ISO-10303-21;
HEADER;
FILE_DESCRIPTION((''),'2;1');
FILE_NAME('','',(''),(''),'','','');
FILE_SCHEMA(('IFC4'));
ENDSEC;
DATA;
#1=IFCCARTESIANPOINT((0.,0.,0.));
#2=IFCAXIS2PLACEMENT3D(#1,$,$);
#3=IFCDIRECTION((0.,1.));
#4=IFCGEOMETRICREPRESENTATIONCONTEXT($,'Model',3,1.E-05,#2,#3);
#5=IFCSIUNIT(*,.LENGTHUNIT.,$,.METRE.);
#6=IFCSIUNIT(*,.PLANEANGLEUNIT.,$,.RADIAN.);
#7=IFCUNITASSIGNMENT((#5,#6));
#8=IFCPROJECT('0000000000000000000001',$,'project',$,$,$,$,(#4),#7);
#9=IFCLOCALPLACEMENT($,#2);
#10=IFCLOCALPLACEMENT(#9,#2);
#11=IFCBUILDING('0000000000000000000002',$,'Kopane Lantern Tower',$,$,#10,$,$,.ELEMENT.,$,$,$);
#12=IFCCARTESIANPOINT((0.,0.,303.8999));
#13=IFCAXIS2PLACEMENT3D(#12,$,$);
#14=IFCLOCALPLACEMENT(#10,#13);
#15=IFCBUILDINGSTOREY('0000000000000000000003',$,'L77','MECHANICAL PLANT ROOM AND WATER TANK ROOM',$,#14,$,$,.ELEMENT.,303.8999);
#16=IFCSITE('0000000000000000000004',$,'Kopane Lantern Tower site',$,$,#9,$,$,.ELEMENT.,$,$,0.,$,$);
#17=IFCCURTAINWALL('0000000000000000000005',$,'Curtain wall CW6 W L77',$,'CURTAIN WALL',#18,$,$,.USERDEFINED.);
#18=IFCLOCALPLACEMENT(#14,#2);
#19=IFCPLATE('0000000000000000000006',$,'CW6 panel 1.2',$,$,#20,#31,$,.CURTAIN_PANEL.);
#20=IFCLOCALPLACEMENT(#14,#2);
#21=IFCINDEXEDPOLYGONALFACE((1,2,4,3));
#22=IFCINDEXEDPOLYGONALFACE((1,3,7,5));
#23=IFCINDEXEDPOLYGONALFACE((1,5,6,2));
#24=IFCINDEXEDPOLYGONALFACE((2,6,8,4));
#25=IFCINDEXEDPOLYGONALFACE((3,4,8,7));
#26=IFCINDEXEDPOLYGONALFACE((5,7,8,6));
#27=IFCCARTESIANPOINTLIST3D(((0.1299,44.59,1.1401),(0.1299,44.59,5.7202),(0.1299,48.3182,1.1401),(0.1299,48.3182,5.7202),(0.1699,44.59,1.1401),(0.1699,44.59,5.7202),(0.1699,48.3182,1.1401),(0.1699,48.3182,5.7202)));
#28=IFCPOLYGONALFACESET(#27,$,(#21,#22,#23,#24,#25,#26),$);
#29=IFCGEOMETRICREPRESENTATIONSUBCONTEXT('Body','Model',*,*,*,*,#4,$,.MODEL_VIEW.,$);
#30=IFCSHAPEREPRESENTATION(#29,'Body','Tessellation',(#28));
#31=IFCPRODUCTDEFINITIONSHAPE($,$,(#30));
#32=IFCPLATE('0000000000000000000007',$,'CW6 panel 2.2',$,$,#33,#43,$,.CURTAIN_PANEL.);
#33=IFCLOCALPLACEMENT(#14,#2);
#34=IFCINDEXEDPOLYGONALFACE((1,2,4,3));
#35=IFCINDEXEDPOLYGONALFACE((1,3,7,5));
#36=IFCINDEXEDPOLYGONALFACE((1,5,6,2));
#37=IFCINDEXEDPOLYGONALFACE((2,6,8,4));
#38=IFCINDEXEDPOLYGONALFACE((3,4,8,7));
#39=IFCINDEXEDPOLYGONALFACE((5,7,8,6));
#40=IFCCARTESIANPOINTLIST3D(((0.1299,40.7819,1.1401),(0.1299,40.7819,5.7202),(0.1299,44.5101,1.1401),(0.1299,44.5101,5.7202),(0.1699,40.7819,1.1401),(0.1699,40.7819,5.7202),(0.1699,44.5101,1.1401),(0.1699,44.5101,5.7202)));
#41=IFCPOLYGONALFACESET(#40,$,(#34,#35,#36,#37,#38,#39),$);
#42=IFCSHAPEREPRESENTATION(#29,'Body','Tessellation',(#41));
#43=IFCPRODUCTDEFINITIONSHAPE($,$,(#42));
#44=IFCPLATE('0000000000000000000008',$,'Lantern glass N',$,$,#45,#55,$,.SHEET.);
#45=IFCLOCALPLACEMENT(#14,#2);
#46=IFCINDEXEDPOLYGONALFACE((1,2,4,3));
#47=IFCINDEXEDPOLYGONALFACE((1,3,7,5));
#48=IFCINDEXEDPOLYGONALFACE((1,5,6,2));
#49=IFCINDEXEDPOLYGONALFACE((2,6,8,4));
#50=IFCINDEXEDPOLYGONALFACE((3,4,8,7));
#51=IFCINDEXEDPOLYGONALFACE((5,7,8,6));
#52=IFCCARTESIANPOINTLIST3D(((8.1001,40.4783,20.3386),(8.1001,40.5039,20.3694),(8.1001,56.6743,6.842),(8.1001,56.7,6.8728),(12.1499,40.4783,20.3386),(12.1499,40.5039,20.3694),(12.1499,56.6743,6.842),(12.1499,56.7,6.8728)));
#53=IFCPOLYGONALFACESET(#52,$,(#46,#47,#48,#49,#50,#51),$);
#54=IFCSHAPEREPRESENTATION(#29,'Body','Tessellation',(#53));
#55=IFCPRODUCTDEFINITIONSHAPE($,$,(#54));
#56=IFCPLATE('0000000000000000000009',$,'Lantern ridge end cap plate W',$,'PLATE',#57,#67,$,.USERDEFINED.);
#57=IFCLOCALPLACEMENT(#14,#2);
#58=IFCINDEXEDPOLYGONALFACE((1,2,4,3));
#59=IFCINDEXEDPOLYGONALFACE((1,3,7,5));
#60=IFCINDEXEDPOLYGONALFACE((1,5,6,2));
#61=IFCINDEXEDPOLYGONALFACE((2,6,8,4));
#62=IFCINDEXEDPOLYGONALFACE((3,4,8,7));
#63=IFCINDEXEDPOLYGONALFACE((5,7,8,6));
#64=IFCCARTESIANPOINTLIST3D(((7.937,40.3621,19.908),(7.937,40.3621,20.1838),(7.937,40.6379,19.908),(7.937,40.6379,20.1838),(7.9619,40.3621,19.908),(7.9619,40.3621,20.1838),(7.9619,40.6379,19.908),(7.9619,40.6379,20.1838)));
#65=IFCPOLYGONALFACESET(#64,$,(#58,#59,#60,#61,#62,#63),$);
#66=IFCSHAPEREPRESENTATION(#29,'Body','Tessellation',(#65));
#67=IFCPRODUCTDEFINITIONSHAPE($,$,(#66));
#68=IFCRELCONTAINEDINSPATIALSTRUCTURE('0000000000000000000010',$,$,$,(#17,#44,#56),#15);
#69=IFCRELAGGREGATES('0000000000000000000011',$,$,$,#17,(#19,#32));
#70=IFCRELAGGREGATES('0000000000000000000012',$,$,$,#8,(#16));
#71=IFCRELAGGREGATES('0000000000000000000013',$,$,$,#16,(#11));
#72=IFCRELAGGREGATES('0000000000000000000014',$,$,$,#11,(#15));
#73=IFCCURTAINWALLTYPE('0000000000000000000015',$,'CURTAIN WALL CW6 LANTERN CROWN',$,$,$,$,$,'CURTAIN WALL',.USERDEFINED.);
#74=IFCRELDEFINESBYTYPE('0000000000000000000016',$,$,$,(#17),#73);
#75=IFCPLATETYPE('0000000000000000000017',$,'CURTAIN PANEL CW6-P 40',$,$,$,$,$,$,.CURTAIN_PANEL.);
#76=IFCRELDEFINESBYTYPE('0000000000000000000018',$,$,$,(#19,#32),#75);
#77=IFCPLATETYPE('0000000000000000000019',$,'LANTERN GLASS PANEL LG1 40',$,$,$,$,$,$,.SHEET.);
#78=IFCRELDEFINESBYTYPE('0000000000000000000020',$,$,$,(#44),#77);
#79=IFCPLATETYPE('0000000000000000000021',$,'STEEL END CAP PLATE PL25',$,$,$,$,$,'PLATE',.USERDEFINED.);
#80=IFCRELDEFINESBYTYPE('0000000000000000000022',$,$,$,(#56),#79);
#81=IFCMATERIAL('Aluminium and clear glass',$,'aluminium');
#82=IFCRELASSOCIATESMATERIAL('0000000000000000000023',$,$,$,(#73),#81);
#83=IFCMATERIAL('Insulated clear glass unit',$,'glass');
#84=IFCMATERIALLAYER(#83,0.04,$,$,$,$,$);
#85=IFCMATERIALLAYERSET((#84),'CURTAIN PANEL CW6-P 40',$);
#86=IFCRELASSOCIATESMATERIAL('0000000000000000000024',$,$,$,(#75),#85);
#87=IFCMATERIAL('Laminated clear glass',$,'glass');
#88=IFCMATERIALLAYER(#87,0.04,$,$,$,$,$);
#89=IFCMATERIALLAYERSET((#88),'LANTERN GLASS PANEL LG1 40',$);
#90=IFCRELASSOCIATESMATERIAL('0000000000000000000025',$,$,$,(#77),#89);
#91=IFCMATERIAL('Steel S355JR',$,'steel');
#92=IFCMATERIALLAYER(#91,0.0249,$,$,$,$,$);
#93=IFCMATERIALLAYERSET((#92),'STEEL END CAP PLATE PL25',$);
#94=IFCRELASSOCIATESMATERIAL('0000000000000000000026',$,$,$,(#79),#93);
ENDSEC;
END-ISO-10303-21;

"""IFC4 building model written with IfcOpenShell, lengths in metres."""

from ifc_helpers import new_model, si_unit, direction, frame, origin, origin_2d, place, context, subcontext, project, spatial, polyline, rectangle, outline, extrude, material, layer, layer_set, type_object, element, aggregate, save


model = new_model("IFC4")

# Units and contexts
model_context = context("Model", 3, precision=1e-05, world=origin(), true_north=direction((0.0, 1.0)))
body_context = subcontext(model_context, "Body", "Model", "MODEL_VIEW")
ifc_project = project(units=[si_unit("LENGTHUNIT", "METRE"), si_unit("PLANEANGLEUNIT", "RADIAN")], contexts=[model_context])

# Site, building, storey
site_placement = place(None, origin())
site = spatial("IfcSite", under=ifc_project, at=site_placement, Name="Kopane Lantern Tower site", CompositionType="ELEMENT", RefElevation=0.0)
building_placement = place(site_placement, origin())
building = spatial("IfcBuilding", under=site, at=building_placement, Name="Kopane Lantern Tower", CompositionType="ELEMENT")
storey_placement = place(building_placement, frame((0.0, 0.0, 303.8999)))
storey = spatial("IfcBuildingStorey", under=building, at=storey_placement, Name="L77", Description="MECHANICAL PLANT ROOM AND WATER TANK ROOM", CompositionType="ELEMENT", Elevation=303.8999)

# Curtain wall
ifc_material_1 = material(Name="Aluminium and clear glass", Category="aluminium")
curtain_wall_type = type_object("IfcCurtainWallType", Name="CURTAIN WALL CW6 LANTERN CROWN", ElementType="CURTAIN WALL", PredefinedType="USERDEFINED", material=ifc_material_1)
curtain_wall_1_placement = place(storey_placement, origin())
curtain_wall_1 = element("IfcCurtainWall", 1, at=curtain_wall_1_placement, inside=storey, type_object=curtain_wall_type, Name="Curtain wall CW6 W L77", ObjectType="CURTAIN WALL", PredefinedType="USERDEFINED")

# Plates
ifc_material_2 = material(Name="Insulated clear glass unit", Category="glass")
ifc_layer_1 = layer(ifc_material_2, 0.04)
ifc_layer_set_1 = layer_set([ifc_layer_1], Name="CURTAIN PANEL CW6-P 40")
plate_type_1 = type_object("IfcPlateType", Name="CURTAIN PANEL CW6-P 40", PredefinedType="CURTAIN_PANEL", material=ifc_layer_set_1)
plate_1_placement = place(storey_placement, frame((0.1499, 46.4541, 1.1401), z_axis=(0.0, 0.0, 1.0), x_axis=(0.0, -1.0, 0.0)))
plate_1 = element("IfcPlate", 2, at=plate_1_placement, type_object=plate_type_1, Name="CW6 panel 1.2", PredefinedType="CURTAIN_PANEL", context=body_context, shape_type="SweptSolid", body=[
    extrude(rectangle(XDim=3.7283, YDim=0.04, at=origin_2d()), origin(), (0.0, 0.0, 1.0), 4.5801),
])
plate_2_placement = place(storey_placement, frame((0.1499, 42.646, 1.1401), z_axis=(0.0, 0.0, 1.0), x_axis=(0.0, -1.0, 0.0)))
plate_2 = element("IfcPlate", 3, at=plate_2_placement, type_object=plate_type_1, Name="CW6 panel 2.2", PredefinedType="CURTAIN_PANEL", context=body_context, shape_type="SweptSolid", body=[
    extrude(rectangle(XDim=3.7283, YDim=0.04, at=origin_2d()), origin(), (0.0, 0.0, 1.0), 4.5801),
])
aggregate(curtain_wall_1, [plate_1, plate_2])

# Plates
ifc_material_3 = material(Name="Laminated clear glass", Category="glass")
ifc_layer_2 = layer(ifc_material_3, 0.04)
ifc_layer_set_2 = layer_set([ifc_layer_2], Name="LANTERN GLASS PANEL LG1 40")
plate_type_2 = type_object("IfcPlateType", Name="LANTERN GLASS PANEL LG1 40", PredefinedType="SHEET", material=ifc_layer_set_2)
plate_3_placement = place(storey_placement, frame((8.1001, 40.5039, 20.3694), z_axis=(0.0, 0.640181, 0.768224), x_axis=(1.0, 0.0, 0.0)))
element("IfcPlate", 4, at=plate_3_placement, inside=storey, type_object=plate_type_2, Name="Lantern glass N", PredefinedType="SHEET", context=body_context, shape_type="SweptSolid", body=[
    extrude(outline(polyline([(0.0, 0.0), (4.0498, 0.0), (4.0498, 21.0824), (0.0, 21.0824), (0.0, 0.0)])), origin(), (0.0, 0.0, -1.0), 0.04),
])
ifc_material_4 = material(Name="Steel S355JR", Category="steel")
ifc_layer_3 = layer(ifc_material_4, 0.0249)
ifc_layer_set_3 = layer_set([ifc_layer_3], Name="STEEL END CAP PLATE PL25")
plate_type_3 = type_object("IfcPlateType", Name="STEEL END CAP PLATE PL25", ElementType="PLATE", PredefinedType="USERDEFINED", material=ifc_layer_set_3)
plate_4_placement = place(storey_placement, frame((7.9495, 40.5, 19.908), z_axis=(0.0, 0.0, 1.0), x_axis=(1.0, 0.0, 0.0)))
element("IfcPlate", 5, at=plate_4_placement, inside=storey, type_object=plate_type_3, Name="Lantern ridge end cap plate W", ObjectType="PLATE", PredefinedType="USERDEFINED", context=body_context, shape_type="SweptSolid", body=[
    extrude(rectangle(XDim=0.0249, YDim=0.2759, at=origin_2d()), origin(), (0.0, 0.0, 1.0), 0.2759),
])

save(model, "model.ifc")
